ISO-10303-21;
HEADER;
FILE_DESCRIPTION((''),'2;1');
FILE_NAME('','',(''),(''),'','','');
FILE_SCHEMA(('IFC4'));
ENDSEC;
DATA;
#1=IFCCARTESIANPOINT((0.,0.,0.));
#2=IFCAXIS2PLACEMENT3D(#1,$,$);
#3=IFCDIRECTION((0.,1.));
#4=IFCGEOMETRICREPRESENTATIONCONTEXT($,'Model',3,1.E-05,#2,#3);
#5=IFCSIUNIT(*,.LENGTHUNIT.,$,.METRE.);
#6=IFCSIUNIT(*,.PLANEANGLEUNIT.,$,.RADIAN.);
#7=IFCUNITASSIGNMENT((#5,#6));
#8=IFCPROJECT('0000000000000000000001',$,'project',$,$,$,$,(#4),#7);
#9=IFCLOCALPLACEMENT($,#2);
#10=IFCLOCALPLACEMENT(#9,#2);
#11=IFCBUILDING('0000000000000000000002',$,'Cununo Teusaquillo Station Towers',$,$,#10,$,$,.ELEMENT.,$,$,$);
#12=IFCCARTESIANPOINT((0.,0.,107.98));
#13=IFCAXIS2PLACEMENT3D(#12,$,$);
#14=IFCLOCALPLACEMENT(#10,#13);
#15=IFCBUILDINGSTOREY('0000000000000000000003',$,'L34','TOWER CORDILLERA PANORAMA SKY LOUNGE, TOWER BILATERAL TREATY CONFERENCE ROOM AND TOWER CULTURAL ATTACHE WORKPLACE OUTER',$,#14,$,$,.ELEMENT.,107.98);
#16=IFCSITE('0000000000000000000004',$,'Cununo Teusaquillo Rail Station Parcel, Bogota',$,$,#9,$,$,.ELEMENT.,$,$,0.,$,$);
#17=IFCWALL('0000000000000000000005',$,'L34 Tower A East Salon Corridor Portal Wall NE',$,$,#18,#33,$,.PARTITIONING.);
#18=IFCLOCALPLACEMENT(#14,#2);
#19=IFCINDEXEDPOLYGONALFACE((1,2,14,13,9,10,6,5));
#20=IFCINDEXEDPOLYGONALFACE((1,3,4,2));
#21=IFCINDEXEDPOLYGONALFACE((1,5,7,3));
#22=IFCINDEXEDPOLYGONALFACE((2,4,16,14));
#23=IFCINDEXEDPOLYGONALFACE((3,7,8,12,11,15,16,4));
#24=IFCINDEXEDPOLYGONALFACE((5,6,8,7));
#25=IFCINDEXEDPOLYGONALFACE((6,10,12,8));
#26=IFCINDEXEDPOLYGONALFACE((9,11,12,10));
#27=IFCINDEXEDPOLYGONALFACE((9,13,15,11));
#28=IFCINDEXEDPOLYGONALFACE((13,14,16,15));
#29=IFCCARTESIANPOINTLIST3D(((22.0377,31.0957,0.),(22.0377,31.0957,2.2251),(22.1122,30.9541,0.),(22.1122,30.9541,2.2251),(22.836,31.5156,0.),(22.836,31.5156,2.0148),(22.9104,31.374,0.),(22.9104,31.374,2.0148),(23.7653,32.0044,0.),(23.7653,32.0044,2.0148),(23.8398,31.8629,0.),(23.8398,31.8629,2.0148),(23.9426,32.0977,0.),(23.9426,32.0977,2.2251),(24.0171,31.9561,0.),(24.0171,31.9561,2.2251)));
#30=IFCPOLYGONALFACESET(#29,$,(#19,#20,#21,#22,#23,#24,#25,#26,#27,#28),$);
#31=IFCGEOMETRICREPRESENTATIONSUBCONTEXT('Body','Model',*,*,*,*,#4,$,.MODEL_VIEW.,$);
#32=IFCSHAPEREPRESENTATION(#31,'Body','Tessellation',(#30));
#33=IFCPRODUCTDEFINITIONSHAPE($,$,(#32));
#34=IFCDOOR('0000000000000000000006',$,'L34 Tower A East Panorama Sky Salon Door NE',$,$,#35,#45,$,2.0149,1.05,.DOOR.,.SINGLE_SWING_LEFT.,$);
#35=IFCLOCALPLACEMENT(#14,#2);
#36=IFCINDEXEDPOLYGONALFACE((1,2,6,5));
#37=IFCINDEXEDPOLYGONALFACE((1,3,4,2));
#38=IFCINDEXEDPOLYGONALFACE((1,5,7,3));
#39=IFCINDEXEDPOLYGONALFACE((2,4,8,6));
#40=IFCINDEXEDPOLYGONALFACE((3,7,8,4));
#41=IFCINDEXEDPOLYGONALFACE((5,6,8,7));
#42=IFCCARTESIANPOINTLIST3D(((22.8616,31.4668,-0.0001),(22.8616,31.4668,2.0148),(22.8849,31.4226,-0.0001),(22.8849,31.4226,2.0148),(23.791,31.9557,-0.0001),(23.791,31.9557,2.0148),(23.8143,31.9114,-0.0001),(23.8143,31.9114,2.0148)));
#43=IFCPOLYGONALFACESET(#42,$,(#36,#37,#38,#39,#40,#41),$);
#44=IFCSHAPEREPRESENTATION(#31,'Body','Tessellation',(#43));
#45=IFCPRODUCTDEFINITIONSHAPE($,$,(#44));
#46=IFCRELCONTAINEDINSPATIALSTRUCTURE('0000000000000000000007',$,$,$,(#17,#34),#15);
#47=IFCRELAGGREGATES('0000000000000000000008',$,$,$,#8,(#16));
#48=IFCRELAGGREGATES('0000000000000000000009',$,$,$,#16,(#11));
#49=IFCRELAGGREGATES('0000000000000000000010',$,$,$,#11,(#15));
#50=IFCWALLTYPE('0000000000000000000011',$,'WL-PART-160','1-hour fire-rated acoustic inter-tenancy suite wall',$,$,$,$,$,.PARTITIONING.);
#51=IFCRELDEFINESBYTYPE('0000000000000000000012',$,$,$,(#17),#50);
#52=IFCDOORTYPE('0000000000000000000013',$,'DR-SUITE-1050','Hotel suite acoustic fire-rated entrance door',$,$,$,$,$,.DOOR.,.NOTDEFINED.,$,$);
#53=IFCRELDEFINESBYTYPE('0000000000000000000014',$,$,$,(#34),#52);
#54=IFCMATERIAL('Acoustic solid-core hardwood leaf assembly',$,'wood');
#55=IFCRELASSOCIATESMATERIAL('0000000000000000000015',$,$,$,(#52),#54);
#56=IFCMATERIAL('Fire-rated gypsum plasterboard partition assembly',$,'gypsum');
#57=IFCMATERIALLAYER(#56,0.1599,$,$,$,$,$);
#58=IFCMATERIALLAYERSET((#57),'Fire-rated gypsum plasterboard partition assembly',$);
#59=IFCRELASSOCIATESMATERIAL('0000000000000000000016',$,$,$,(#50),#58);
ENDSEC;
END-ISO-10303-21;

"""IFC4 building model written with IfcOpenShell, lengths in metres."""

from ifc_helpers import new_model, si_unit, direction, frame, frame_2d, origin, place, context, subcontext, project, spatial, rectangle, extrude, source, transform, mapped, material, layer, layer_set, type_object, element, fill, save


model = new_model("IFC4")

# Units and contexts
model_context = context("Model", 3, precision=1e-05, world=origin(), true_north=direction((0.0, 1.0)))
body_context = subcontext(model_context, "Body", "Model", "MODEL_VIEW")
ifc_project = project(units=[si_unit("LENGTHUNIT", "METRE"), si_unit("PLANEANGLEUNIT", "RADIAN")], contexts=[model_context])

# Site, building, storey
site_placement = place(None, origin())
site = spatial("IfcSite", under=ifc_project, at=site_placement, Name="Cununo Teusaquillo Rail Station Parcel, Bogota", CompositionType="ELEMENT", RefElevation=0.0)
building_placement = place(site_placement, origin())
building = spatial("IfcBuilding", under=site, at=building_placement, Name="Cununo Teusaquillo Station Towers", CompositionType="ELEMENT")
storey_placement = place(building_placement, frame((0.0, 0.0, 107.98)))
storey = spatial("IfcBuildingStorey", under=building, at=storey_placement, Name="L34", Description="TOWER CORDILLERA PANORAMA SKY LOUNGE, TOWER BILATERAL TREATY CONFERENCE ROOM AND TOWER CULTURAL ATTACHE WORKPLACE OUTER", CompositionType="ELEMENT", Elevation=107.98)

# Shared definitions
ifc_material_1 = material(Name="Acoustic solid-core hardwood leaf assembly", Category="wood")
door_type_1 = type_object("IfcDoorType", Name="DR-SUITE-1050", Description="Hotel suite acoustic fire-rated entrance door", OperationType="NOTDEFINED", PredefinedType="DOOR", material=ifc_material_1)
shared_shape_1 = source(origin(), body_context, "Body", "SweptSolid", [
    extrude(rectangle(XDim=1.05, YDim=2.0149, at=frame_2d((0.5249, 1.0073))), frame((0.0, 0.0249, 0.0), z_axis=(0.0, -1.0, 0.0), x_axis=(1.0, 0.0, 0.0)), (0.0, 0.0, 1.0), 0.05),
])

# Shared definitions
ifc_material_2 = material(Name="Fire-rated gypsum plasterboard partition assembly", Category="gypsum")
ifc_layer_1 = layer(ifc_material_2, 0.1599)
ifc_layer_set_1 = layer_set([ifc_layer_1], Name="Fire-rated gypsum plasterboard partition assembly")
wall_type_1 = type_object("IfcWallType", Name="WL-PART-160", Description="1-hour fire-rated acoustic inter-tenancy suite wall", PredefinedType="PARTITIONING", material=ifc_layer_set_1)

# Wall, opening, door
wall_1_placement = place(storey_placement, frame((22.075, 31.0249, 0.0), z_axis=(0.0, 0.0, 1.0), x_axis=(0.885026, 0.465541, 0.0)))
wall_1 = element("IfcWall", 1, at=wall_1_placement, inside=storey, type_object=wall_type_1, Name="L34 Tower A East Salon Corridor Portal Wall NE", PredefinedType="PARTITIONING", context=body_context, shape_type="SweptSolid", body=[
    extrude(rectangle(XDim=2.1523, YDim=0.1599, at=frame_2d((1.0762, 0.0))), origin(), (0.0, 0.0, 1.0), 2.2251),
])
shared_shape_2 = source(origin(), body_context, "Body", "SweptSolid", [
    extrude(rectangle(XDim=1.05, YDim=2.0149, at=frame_2d((0.5249, 1.0073))), frame((0.0, 0.0898, 0.0), z_axis=(0.0, -1.0, 0.0), x_axis=(1.0, 0.0, 0.0)), (0.0, 0.0, 1.0), 0.1799),
])
opening_1_placement = place(wall_1_placement, frame((0.9021, 0.0, 0.0)))
opening_1 = element("IfcOpeningElement", 2, at=opening_1_placement, cuts=wall_1, PredefinedType="OPENING", context=body_context, shape_type="MappedRepresentation", body=[
    mapped(shared_shape_2, transform((0.0, 0.0, 0.0), x_axis=(1.0, 0.0, 0.0), y_axis=(0.0, 1.0, 0.0), z_axis=(0.0, 0.0, 1.0), scale=1.0)),
])
door_1_placement = place(opening_1_placement, origin())
door_1 = element("IfcDoor", 3, at=door_1_placement, inside=storey, type_object=door_type_1, Name="L34 Tower A East Panorama Sky Salon Door NE", OperationType="SINGLE_SWING_LEFT", OverallHeight=2.0149, OverallWidth=1.05, PredefinedType="DOOR", context=body_context, shape_type="MappedRepresentation", body=[
    mapped(shared_shape_1, transform((0.0, 0.0, 0.0), x_axis=(1.0, 0.0, 0.0), y_axis=(0.0, 1.0, 0.0), z_axis=(0.0, 0.0, 1.0), scale=1.0)),
])
fill(opening_1, door_1)

save(model, "model.ifc")
